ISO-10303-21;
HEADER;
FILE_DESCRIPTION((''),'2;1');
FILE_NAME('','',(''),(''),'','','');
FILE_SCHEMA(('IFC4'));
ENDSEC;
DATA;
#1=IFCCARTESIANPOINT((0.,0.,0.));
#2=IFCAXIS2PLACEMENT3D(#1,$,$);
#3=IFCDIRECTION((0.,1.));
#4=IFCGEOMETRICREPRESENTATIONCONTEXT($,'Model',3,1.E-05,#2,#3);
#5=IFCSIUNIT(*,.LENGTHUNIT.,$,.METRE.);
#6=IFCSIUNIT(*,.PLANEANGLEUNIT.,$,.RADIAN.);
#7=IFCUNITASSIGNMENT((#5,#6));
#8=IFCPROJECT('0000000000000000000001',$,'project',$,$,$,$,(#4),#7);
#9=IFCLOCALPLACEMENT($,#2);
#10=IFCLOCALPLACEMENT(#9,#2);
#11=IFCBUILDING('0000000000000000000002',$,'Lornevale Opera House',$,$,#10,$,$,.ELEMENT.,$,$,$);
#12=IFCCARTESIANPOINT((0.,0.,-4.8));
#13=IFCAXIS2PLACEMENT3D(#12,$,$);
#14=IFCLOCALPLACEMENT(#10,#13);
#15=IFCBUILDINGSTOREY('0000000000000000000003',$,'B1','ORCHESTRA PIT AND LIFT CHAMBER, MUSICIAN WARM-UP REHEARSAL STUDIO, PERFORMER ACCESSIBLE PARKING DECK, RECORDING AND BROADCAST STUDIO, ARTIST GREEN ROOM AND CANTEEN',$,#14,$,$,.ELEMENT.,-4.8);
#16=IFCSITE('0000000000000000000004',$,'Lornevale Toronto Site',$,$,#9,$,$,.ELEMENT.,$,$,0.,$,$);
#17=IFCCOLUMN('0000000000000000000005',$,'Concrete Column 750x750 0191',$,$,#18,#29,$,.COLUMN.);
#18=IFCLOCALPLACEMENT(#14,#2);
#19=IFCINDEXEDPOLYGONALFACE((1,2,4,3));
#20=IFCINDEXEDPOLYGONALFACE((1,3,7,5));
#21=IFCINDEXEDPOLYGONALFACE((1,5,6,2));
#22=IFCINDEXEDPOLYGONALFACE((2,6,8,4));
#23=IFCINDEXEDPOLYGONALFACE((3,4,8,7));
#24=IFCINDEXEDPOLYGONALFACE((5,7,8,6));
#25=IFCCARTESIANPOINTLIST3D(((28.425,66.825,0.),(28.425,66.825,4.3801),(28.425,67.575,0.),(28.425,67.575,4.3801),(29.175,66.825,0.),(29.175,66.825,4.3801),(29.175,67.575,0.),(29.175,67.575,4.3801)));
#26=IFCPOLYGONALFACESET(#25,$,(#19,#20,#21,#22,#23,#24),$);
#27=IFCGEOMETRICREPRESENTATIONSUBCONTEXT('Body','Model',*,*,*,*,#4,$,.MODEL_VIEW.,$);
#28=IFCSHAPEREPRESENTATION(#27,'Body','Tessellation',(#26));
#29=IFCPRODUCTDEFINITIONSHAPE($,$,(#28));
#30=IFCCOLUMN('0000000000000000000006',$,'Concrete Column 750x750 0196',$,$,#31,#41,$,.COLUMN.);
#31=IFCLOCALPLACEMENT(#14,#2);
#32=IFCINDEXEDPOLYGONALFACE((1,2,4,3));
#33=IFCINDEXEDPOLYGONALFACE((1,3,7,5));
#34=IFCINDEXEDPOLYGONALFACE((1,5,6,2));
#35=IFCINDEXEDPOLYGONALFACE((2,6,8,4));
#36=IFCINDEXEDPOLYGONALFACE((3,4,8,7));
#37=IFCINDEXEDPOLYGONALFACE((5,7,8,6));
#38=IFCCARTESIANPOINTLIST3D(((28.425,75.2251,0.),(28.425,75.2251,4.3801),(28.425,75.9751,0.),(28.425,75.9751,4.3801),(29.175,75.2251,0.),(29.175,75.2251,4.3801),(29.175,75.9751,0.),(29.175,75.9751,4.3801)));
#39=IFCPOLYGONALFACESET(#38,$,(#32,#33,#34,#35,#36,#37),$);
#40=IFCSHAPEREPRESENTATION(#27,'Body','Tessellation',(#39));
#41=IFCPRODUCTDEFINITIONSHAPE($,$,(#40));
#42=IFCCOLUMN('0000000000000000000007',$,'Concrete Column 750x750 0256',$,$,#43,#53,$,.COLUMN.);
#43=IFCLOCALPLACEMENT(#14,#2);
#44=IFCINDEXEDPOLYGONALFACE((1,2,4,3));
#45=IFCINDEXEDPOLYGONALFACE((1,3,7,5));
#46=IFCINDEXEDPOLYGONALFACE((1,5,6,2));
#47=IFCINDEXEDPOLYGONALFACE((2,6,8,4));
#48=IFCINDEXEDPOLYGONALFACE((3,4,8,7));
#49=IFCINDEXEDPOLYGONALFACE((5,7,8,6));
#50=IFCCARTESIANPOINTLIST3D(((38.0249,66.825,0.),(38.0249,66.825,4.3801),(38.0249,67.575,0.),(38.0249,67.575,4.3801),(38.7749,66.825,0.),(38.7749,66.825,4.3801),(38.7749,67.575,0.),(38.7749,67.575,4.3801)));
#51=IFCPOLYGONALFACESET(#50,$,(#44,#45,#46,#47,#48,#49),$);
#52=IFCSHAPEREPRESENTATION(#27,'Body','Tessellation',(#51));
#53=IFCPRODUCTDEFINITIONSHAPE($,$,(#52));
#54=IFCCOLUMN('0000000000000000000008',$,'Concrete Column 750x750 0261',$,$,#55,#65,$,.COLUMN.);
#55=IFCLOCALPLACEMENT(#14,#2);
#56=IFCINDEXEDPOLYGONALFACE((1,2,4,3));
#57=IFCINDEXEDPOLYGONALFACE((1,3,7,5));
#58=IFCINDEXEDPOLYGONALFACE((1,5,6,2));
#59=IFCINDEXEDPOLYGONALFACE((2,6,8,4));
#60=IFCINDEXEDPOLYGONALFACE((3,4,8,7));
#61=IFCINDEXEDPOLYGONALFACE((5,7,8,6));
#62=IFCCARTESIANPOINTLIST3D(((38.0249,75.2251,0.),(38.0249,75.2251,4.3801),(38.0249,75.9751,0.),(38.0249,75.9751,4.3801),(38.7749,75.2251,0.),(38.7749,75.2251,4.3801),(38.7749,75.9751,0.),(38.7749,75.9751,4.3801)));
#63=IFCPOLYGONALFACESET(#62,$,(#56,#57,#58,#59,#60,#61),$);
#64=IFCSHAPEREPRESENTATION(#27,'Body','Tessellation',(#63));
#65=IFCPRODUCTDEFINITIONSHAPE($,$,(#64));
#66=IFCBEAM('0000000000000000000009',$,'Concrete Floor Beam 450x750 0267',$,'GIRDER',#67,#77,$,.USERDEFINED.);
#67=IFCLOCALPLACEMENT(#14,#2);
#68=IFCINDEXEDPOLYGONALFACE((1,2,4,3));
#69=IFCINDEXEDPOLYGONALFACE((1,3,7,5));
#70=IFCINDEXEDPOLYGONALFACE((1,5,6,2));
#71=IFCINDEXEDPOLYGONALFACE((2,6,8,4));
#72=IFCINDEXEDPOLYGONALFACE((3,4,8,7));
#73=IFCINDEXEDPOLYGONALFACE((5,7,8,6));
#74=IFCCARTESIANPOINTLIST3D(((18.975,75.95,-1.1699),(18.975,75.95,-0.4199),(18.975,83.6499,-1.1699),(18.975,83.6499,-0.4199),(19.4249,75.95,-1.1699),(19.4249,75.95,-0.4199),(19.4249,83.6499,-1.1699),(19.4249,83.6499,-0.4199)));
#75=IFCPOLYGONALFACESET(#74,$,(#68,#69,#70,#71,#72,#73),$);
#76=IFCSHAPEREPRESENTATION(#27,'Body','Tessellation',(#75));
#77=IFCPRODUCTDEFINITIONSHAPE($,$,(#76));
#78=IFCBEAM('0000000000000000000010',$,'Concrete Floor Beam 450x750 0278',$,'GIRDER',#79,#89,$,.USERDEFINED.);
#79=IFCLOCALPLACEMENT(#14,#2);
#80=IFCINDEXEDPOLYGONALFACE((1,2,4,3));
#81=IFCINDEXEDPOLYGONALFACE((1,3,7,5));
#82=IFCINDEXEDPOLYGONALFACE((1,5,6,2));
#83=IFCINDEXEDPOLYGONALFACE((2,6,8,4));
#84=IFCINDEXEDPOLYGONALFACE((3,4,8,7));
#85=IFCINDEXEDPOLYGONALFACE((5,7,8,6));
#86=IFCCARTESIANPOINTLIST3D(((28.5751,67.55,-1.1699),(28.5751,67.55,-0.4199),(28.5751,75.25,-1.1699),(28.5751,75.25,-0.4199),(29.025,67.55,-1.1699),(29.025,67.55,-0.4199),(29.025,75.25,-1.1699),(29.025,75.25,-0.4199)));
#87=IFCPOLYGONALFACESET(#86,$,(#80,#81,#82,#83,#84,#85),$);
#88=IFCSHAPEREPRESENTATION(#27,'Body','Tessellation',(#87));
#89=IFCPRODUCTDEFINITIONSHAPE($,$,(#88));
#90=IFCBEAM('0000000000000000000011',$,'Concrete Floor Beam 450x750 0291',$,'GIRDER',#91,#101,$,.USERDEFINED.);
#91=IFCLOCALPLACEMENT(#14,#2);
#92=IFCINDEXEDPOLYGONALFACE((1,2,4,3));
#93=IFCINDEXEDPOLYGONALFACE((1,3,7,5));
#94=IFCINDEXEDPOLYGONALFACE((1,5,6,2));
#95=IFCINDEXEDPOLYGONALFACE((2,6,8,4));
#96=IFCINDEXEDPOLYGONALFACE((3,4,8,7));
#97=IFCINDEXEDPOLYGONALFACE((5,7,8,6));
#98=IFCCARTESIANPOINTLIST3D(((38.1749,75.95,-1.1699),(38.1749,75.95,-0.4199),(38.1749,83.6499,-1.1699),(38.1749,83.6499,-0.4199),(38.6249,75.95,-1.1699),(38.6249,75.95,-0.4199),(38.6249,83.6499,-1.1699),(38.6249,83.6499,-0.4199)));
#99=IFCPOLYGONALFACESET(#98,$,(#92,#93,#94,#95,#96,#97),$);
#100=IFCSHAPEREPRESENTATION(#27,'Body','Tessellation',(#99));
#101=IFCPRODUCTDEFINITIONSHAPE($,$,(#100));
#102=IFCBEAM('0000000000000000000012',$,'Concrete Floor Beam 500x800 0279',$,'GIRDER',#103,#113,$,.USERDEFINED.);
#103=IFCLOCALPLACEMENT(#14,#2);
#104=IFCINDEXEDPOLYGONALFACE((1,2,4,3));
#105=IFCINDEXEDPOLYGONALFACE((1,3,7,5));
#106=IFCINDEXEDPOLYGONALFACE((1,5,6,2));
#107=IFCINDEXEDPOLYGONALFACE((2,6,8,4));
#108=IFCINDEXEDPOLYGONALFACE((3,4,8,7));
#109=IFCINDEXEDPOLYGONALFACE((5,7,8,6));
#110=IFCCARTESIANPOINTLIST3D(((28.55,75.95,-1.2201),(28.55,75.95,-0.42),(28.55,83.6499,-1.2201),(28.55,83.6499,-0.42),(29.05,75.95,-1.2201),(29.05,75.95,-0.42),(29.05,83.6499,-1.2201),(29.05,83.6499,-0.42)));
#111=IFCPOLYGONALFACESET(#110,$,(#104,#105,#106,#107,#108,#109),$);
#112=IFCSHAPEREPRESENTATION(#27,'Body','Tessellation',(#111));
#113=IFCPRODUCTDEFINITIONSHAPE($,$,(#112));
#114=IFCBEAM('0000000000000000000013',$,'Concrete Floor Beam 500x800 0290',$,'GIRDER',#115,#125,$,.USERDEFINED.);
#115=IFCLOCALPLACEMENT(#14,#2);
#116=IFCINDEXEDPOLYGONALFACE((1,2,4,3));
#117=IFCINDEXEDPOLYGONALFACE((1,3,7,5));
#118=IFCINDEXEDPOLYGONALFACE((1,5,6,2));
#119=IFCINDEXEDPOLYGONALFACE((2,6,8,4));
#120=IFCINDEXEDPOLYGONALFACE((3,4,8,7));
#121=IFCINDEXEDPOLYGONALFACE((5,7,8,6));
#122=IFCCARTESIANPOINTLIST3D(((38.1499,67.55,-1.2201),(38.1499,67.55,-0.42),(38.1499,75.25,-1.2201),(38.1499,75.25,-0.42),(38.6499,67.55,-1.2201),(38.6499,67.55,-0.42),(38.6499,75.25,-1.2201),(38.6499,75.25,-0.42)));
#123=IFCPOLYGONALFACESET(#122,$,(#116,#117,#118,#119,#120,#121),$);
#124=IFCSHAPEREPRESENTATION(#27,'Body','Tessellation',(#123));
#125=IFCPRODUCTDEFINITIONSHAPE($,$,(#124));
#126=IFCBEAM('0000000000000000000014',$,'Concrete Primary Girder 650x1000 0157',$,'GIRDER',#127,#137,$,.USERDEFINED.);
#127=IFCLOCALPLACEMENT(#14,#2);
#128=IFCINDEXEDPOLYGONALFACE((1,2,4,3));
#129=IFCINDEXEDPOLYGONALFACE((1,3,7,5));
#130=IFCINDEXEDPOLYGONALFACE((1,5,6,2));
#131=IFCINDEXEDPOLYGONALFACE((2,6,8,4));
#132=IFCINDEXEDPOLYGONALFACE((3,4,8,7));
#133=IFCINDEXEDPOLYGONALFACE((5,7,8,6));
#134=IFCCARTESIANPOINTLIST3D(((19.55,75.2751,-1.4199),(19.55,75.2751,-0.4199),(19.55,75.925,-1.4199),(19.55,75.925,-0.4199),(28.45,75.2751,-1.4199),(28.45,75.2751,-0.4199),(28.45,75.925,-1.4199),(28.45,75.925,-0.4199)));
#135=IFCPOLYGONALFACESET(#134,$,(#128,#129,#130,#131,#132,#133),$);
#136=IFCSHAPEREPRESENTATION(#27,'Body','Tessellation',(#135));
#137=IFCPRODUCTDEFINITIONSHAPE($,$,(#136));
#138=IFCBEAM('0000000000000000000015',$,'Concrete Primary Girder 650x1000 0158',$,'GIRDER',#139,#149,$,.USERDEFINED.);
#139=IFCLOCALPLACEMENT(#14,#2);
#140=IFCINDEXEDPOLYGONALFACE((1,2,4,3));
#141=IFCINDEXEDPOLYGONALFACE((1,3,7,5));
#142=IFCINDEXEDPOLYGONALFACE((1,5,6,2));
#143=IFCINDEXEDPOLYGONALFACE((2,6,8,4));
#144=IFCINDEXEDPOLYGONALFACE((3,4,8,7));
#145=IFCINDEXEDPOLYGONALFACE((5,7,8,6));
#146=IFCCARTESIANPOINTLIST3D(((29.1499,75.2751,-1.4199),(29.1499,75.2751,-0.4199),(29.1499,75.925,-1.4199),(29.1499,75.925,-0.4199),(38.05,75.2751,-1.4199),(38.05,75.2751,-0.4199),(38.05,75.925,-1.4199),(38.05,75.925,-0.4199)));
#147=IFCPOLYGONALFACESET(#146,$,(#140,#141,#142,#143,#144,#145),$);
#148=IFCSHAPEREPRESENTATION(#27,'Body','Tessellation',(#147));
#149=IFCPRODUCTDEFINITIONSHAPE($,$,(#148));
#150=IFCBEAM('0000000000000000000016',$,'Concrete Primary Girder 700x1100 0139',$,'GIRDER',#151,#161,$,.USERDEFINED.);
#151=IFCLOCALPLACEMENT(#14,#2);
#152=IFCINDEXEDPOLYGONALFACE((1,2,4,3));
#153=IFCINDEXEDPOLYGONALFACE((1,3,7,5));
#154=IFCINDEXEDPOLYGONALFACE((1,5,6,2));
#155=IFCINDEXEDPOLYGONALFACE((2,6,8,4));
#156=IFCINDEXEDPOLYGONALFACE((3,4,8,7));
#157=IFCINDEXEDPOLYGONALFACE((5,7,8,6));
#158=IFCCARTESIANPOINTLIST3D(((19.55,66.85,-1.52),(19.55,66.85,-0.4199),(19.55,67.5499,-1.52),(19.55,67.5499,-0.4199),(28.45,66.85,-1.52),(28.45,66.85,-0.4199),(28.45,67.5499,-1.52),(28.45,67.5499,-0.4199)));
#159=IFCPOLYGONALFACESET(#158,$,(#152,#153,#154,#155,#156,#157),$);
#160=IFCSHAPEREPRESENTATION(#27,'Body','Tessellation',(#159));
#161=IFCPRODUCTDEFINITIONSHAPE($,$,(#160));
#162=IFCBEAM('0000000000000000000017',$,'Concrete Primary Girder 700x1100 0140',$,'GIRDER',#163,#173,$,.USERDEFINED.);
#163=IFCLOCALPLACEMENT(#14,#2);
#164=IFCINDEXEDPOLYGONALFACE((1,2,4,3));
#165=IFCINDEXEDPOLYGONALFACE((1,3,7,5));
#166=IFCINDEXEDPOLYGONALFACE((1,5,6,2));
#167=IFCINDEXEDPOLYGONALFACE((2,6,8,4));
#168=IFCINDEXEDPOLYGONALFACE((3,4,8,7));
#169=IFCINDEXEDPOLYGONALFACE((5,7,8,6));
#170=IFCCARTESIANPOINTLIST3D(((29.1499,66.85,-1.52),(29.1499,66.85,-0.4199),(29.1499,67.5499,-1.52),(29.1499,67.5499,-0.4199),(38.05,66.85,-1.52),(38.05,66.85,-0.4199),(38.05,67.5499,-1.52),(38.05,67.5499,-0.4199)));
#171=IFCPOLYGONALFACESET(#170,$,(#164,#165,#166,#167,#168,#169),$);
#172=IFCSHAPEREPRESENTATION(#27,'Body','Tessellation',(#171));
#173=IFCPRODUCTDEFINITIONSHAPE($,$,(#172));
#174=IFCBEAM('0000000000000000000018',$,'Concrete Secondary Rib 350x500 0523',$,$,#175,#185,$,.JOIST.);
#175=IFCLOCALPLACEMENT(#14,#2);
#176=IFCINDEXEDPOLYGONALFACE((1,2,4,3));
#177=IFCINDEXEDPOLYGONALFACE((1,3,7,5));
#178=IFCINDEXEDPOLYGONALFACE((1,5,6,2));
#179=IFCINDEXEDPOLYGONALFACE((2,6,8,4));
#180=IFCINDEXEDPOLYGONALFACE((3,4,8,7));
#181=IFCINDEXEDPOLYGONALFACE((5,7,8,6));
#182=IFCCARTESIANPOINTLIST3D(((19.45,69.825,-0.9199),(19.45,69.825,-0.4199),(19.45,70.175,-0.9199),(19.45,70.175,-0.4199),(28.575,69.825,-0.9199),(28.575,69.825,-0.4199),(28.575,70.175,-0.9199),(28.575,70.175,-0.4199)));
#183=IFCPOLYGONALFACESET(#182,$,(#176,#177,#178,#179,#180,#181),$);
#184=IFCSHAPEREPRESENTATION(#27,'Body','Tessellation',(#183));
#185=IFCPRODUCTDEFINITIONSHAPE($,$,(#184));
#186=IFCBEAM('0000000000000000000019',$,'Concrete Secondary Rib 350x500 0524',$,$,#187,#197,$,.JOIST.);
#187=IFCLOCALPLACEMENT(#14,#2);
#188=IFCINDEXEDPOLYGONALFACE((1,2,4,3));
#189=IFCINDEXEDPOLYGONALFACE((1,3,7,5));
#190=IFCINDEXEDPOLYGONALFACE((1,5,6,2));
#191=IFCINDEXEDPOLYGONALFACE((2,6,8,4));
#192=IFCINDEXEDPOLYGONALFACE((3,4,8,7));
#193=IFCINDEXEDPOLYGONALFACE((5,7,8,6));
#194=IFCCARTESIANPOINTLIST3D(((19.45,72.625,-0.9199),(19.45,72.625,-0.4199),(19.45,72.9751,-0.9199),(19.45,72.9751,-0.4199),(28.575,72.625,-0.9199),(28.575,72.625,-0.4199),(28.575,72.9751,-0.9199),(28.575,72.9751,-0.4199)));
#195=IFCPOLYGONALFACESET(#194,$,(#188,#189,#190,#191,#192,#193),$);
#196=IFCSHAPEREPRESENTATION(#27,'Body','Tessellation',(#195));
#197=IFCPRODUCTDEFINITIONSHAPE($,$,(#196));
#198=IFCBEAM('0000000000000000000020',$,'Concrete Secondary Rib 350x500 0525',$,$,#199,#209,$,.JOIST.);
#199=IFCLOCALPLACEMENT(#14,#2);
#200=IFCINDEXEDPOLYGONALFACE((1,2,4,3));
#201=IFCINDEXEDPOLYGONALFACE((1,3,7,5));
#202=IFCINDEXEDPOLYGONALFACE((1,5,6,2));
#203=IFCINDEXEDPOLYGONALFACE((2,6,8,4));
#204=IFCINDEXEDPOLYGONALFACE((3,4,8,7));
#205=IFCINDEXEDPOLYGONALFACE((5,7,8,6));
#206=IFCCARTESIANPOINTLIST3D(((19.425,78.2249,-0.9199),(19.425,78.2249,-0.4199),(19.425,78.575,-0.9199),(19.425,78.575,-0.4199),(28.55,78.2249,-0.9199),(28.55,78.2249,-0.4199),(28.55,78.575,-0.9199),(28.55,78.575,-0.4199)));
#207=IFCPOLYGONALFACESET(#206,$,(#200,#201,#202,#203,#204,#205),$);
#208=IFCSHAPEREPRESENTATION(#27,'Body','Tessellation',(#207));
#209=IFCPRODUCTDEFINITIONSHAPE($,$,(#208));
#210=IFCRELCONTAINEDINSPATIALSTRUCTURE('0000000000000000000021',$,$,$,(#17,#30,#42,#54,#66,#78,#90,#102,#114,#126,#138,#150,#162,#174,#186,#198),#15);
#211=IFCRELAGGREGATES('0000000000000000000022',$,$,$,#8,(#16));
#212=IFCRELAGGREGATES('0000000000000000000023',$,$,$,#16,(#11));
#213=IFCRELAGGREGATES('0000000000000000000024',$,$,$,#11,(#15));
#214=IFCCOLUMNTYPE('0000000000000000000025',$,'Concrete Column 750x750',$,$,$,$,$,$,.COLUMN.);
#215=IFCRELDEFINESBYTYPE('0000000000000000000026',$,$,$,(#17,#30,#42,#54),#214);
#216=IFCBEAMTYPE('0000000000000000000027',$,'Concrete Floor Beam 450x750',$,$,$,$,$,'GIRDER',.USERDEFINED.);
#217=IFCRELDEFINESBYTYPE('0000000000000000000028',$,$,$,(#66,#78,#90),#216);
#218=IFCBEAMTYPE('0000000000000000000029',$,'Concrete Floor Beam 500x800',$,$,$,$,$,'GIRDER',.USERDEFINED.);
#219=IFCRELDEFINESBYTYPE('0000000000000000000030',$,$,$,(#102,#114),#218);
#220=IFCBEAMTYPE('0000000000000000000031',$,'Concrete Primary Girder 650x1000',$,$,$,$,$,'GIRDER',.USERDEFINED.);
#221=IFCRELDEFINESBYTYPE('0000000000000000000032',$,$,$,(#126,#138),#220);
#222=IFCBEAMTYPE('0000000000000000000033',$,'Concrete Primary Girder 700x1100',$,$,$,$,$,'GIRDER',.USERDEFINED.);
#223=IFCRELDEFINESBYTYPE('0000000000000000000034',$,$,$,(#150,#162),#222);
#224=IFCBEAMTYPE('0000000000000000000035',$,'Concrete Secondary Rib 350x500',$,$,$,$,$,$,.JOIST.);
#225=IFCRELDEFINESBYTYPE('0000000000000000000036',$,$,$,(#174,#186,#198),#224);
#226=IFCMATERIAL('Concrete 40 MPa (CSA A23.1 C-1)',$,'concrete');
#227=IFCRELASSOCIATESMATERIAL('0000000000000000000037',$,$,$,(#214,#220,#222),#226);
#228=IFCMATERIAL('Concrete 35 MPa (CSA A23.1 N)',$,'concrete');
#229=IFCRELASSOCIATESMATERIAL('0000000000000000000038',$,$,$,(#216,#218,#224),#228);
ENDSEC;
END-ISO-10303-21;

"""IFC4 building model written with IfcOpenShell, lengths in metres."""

from ifc_helpers import new_model, si_unit, direction, frame, origin, origin_2d, place, context, subcontext, project, spatial, rectangle, extrude, material, material_profile, profile_set, type_object, element, save


model = new_model("IFC4")

# Units and contexts
model_context = context("Model", 3, precision=1e-05, world=origin(), true_north=direction((0.0, 1.0)))
body_context = subcontext(model_context, "Body", "Model", "MODEL_VIEW")
ifc_project = project(units=[si_unit("LENGTHUNIT", "METRE"), si_unit("PLANEANGLEUNIT", "RADIAN")], contexts=[model_context])

# Site, building, storey
site_placement = place(None, origin())
site = spatial("IfcSite", under=ifc_project, at=site_placement, Name="Lornevale Toronto Site", CompositionType="ELEMENT", RefElevation=0.0)
building_placement = place(site_placement, origin())
building = spatial("IfcBuilding", under=site, at=building_placement, Name="Lornevale Opera House", CompositionType="ELEMENT")
storey_placement = place(building_placement, frame((0.0, 0.0, -4.8)))
storey = spatial("IfcBuildingStorey", under=building, at=storey_placement, Name="B1", Description="ORCHESTRA PIT AND LIFT CHAMBER, MUSICIAN WARM-UP REHEARSAL STUDIO, PERFORMER ACCESSIBLE PARKING DECK, RECORDING AND BROADCAST STUDIO, ARTIST GREEN ROOM AND CANTEEN", CompositionType="ELEMENT", Elevation=-4.8)

# Columns
ifc_material_1 = material(Name="Concrete 40 MPa (CSA A23.1 C-1)", Category="concrete")
ifc_material_profile_1 = material_profile(ifc_material_1, rectangle(XDim=0.75, YDim=0.75, at=origin_2d()), Name="RC750x750")
ifc_profile_set_1 = profile_set([ifc_material_profile_1], Name="Concrete 40 MPa (CSA A23.1 C-1)")
column_type = type_object("IfcColumnType", Name="Concrete Column 750x750", PredefinedType="COLUMN", material=ifc_profile_set_1)
for number, where, z_axis, x_axis, name in (
    (1, (28.8, 67.2, 0.0), (0.0, 0.0, 1.0), (1.0, 0.0, 0.0), "Concrete Column 750x750 0191"),
    (2, (28.8, 75.6001, 0.0), (0.0, 0.0, 1.0), (1.0, 0.0, 0.0), "Concrete Column 750x750 0196"),
    (3, (38.3999, 67.2, 0.0), (0.0, 0.0, 1.0), (1.0, 0.0, 0.0), "Concrete Column 750x750 0256"),
    (4, (38.3999, 75.6001, 0.0), (0.0, 0.0, 1.0), (1.0, 0.0, 0.0), "Concrete Column 750x750 0261"),
):
    element("IfcColumn", number, at=place(storey_placement, frame(where, z_axis=z_axis, x_axis=x_axis)), inside=storey, type_object=column_type, Name=name, PredefinedType="COLUMN", context=body_context, shape_type="SweptSolid", body=[
        extrude(rectangle(XDim=0.75, YDim=0.75, at=origin_2d()), origin(), (0.0, 0.0, 1.0), 4.3801),
    ])

# Beams
ifc_material_2 = material(Name="Concrete 35 MPa (CSA A23.1 N)", Category="concrete")
ifc_material_profile_2 = material_profile(ifc_material_2, rectangle(XDim=0.45, YDim=0.75, at=origin_2d()), Name="RC450x750")
ifc_profile_set_2 = profile_set([ifc_material_profile_2], Name="Concrete 35 MPa (CSA A23.1 N)")
beam_type_1 = type_object("IfcBeamType", Name="Concrete Floor Beam 450x750", ElementType="GIRDER", PredefinedType="USERDEFINED", material=ifc_profile_set_2)
for number, where, z_axis, x_axis, name in (
    (5, (19.2, 75.95, -0.7949), (0.0, 1.0, 0.0), (-1.0, 0.0, 0.0), "Concrete Floor Beam 450x750 0267"),
    (6, (28.8, 67.55, -0.7949), (0.0, 1.0, 0.0), (-1.0, 0.0, 0.0), "Concrete Floor Beam 450x750 0278"),
    (7, (38.3999, 75.95, -0.7949), (0.0, 1.0, 0.0), (-1.0, 0.0, 0.0), "Concrete Floor Beam 450x750 0291"),
):
    element("IfcBeam", number, at=place(storey_placement, frame(where, z_axis=z_axis, x_axis=x_axis)), inside=storey, type_object=beam_type_1, Name=name, ObjectType="GIRDER", PredefinedType="USERDEFINED", context=body_context, shape_type="SweptSolid", body=[
        extrude(rectangle(XDim=0.45, YDim=0.75, at=origin_2d()), origin(), (0.0, 0.0, 1.0), 7.7),
    ])
ifc_material_profile_3 = material_profile(ifc_material_2, rectangle(XDim=0.5, YDim=0.8, at=origin_2d()), Name="RC500x800")
ifc_profile_set_3 = profile_set([ifc_material_profile_3], Name="Concrete 35 MPa (CSA A23.1 N)")
beam_type_2 = type_object("IfcBeamType", Name="Concrete Floor Beam 500x800", ElementType="GIRDER", PredefinedType="USERDEFINED", material=ifc_profile_set_3)
for number, where, z_axis, x_axis, name in (
    (8, (28.8, 75.95, -0.8201), (0.0, 1.0, 0.0), (-1.0, 0.0, 0.0), "Concrete Floor Beam 500x800 0279"),
    (9, (38.3999, 67.55, -0.8201), (0.0, 1.0, 0.0), (-1.0, 0.0, 0.0), "Concrete Floor Beam 500x800 0290"),
):
    element("IfcBeam", number, at=place(storey_placement, frame(where, z_axis=z_axis, x_axis=x_axis)), inside=storey, type_object=beam_type_2, Name=name, ObjectType="GIRDER", PredefinedType="USERDEFINED", context=body_context, shape_type="SweptSolid", body=[
        extrude(rectangle(XDim=0.5, YDim=0.8, at=origin_2d()), origin(), (0.0, 0.0, 1.0), 7.7),
    ])
ifc_material_profile_4 = material_profile(ifc_material_1, rectangle(XDim=0.6499, YDim=1.0, at=origin_2d()), Name="RC650x1000")
ifc_profile_set_4 = profile_set([ifc_material_profile_4], Name="Concrete 40 MPa (CSA A23.1 C-1)")
beam_type_3 = type_object("IfcBeamType", Name="Concrete Primary Girder 650x1000", ElementType="GIRDER", PredefinedType="USERDEFINED", material=ifc_profile_set_4)
beam_1_placement = place(storey_placement, frame((19.55, 75.6001, -0.9199), z_axis=(1.0, 0.0, 0.0), x_axis=(0.0, 1.0, 0.0)))
element("IfcBeam", 10, at=beam_1_placement, inside=storey, type_object=beam_type_3, Name="Concrete Primary Girder 650x1000 0157", ObjectType="GIRDER", PredefinedType="USERDEFINED", context=body_context, shape_type="SweptSolid", body=[
    extrude(rectangle(XDim=0.6499, YDim=1.0, at=origin_2d()), origin(), (0.0, 0.0, 1.0), 8.8999),
])
beam_2_placement = place(storey_placement, frame((29.1499, 75.6001, -0.9199), z_axis=(1.0, 0.0, 0.0), x_axis=(0.0, 1.0, 0.0)))
element("IfcBeam", 11, at=beam_2_placement, inside=storey, type_object=beam_type_3, Name="Concrete Primary Girder 650x1000 0158", ObjectType="GIRDER", PredefinedType="USERDEFINED", context=body_context, shape_type="SweptSolid", body=[
    extrude(rectangle(XDim=0.6499, YDim=1.0, at=origin_2d()), origin(), (0.0, 0.0, 1.0), 8.9001),
])
ifc_material_profile_5 = material_profile(ifc_material_1, rectangle(XDim=0.7, YDim=1.1001, at=origin_2d()), Name="RC700x1100")
ifc_profile_set_5 = profile_set([ifc_material_profile_5], Name="Concrete 40 MPa (CSA A23.1 C-1)")
beam_type_4 = type_object("IfcBeamType", Name="Concrete Primary Girder 700x1100", ElementType="GIRDER", PredefinedType="USERDEFINED", material=ifc_profile_set_5)
beam_3_placement = place(storey_placement, frame((19.55, 67.2, -0.97), z_axis=(1.0, 0.0, 0.0), x_axis=(0.0, 1.0, 0.0)))
element("IfcBeam", 12, at=beam_3_placement, inside=storey, type_object=beam_type_4, Name="Concrete Primary Girder 700x1100 0139", ObjectType="GIRDER", PredefinedType="USERDEFINED", context=body_context, shape_type="SweptSolid", body=[
    extrude(rectangle(XDim=0.7, YDim=1.1001, at=origin_2d()), origin(), (0.0, 0.0, 1.0), 8.8999),
])
beam_4_placement = place(storey_placement, frame((29.1499, 67.2, -0.97), z_axis=(1.0, 0.0, 0.0), x_axis=(0.0, 1.0, 0.0)))
element("IfcBeam", 13, at=beam_4_placement, inside=storey, type_object=beam_type_4, Name="Concrete Primary Girder 700x1100 0140", ObjectType="GIRDER", PredefinedType="USERDEFINED", context=body_context, shape_type="SweptSolid", body=[
    extrude(rectangle(XDim=0.7, YDim=1.1001, at=origin_2d()), origin(), (0.0, 0.0, 1.0), 8.9001),
])
ifc_material_profile_6 = material_profile(ifc_material_2, rectangle(XDim=0.3501, YDim=0.5, at=origin_2d()), Name="RC350x500")
ifc_profile_set_6 = profile_set([ifc_material_profile_6], Name="Concrete 35 MPa (CSA A23.1 N)")
beam_type_5 = type_object("IfcBeamType", Name="Concrete Secondary Rib 350x500", PredefinedType="JOIST", material=ifc_profile_set_6)
for number, where, z_axis, x_axis, name in (
    (14, (19.45, 70.0, -0.6699), (1.0, 0.0, 0.0), (0.0, 1.0, 0.0), "Concrete Secondary Rib 350x500 0523"),
    (15, (19.45, 72.8, -0.6699), (1.0, 0.0, 0.0), (0.0, 1.0, 0.0), "Concrete Secondary Rib 350x500 0524"),
    (16, (19.425, 78.3999, -0.6699), (1.0, 0.0, 0.0), (0.0, 1.0, 0.0), "Concrete Secondary Rib 350x500 0525"),
):
    element("IfcBeam", number, at=place(storey_placement, frame(where, z_axis=z_axis, x_axis=x_axis)), inside=storey, type_object=beam_type_5, Name=name, PredefinedType="JOIST", context=body_context, shape_type="SweptSolid", body=[
        extrude(rectangle(XDim=0.3501, YDim=0.5, at=origin_2d()), origin(), (0.0, 0.0, 1.0), 9.125),
    ])

save(model, "model.ifc")
